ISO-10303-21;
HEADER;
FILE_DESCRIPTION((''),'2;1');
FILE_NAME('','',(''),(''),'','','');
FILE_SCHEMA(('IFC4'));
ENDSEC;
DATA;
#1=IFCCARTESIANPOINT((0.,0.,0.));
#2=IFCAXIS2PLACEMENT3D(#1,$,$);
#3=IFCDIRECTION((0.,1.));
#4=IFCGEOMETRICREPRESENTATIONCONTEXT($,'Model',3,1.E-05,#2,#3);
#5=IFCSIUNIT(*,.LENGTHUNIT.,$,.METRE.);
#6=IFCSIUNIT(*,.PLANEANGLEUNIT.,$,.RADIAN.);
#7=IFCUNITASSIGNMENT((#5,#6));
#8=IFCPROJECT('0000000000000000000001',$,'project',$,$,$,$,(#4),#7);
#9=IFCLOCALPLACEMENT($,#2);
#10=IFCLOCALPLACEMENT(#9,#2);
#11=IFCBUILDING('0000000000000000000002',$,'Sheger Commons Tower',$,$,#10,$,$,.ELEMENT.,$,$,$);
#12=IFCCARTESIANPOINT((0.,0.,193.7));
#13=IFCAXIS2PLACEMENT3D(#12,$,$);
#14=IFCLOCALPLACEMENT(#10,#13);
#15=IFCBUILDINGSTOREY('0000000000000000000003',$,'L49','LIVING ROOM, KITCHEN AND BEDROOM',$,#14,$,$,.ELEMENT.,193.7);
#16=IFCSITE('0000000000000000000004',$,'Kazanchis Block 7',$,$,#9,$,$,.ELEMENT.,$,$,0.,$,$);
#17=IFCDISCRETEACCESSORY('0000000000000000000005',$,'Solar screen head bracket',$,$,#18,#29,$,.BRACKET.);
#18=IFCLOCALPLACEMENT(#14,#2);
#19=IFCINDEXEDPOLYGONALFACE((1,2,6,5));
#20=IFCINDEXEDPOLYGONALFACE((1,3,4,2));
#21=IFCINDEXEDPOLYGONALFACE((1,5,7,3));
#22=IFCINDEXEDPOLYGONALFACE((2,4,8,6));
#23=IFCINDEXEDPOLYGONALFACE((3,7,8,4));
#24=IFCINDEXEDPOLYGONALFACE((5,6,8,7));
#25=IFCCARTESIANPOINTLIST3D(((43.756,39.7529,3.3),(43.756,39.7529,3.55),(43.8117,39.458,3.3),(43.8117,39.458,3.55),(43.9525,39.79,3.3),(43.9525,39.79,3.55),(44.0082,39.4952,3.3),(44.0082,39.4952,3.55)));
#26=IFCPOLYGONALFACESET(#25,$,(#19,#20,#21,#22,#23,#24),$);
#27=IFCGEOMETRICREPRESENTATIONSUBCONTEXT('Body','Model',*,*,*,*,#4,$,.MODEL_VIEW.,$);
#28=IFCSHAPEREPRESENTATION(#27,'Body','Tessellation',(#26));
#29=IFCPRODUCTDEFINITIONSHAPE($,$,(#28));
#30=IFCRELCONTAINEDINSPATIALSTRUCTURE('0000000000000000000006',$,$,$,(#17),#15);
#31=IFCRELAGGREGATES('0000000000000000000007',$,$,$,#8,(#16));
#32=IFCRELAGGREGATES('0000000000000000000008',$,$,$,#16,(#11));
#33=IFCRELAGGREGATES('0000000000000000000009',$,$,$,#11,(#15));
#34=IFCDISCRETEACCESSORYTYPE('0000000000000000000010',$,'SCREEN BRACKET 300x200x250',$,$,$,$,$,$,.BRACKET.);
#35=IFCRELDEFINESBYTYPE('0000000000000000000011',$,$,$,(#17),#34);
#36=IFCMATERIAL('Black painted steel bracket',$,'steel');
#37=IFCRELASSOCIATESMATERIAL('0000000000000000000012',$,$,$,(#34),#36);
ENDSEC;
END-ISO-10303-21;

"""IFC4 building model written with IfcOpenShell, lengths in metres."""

from ifc_helpers import new_model, si_unit, direction, frame, origin, origin_2d, place, context, subcontext, project, spatial, rectangle, extrude, material, type_object, element, save


model = new_model("IFC4")

# Units and contexts
model_context = context("Model", 3, precision=1e-05, world=origin(), true_north=direction((0.0, 1.0)))
body_context = subcontext(model_context, "Body", "Model", "MODEL_VIEW")
ifc_project = project(units=[si_unit("LENGTHUNIT", "METRE"), si_unit("PLANEANGLEUNIT", "RADIAN")], contexts=[model_context])

# Site, building, storey
site_placement = place(None, origin())
site = spatial("IfcSite", under=ifc_project, at=site_placement, Name="Kazanchis Block 7", CompositionType="ELEMENT", RefElevation=0.0)
building_placement = place(site_placement, origin())
building = spatial("IfcBuilding", under=site, at=building_placement, Name="Sheger Commons Tower", CompositionType="ELEMENT")
storey_placement = place(building_placement, frame((0.0, 0.0, 193.7)))
storey = spatial("IfcBuildingStorey", under=building, at=storey_placement, Name="L49", Description="LIVING ROOM, KITCHEN AND BEDROOM", CompositionType="ELEMENT", Elevation=193.7)

# Discrete accessory
ifc_material_1 = material(Name="Black painted steel bracket", Category="steel")
discrete_accessory_type = type_object("IfcDiscreteAccessoryType", Name="SCREEN BRACKET 300x200x250", PredefinedType="BRACKET", material=ifc_material_1)
for number, where, z_axis, x_axis, name in (
    (1, (43.8821, 39.624, 3.3), (0.0, 0.0, 1.0), (-0.185615, 0.982623, 0.0), "Solar screen head bracket"),
):
    element("IfcDiscreteAccessory", number, at=place(storey_placement, frame(where, z_axis=z_axis, x_axis=x_axis)), inside=storey, type_object=discrete_accessory_type, Name=name, PredefinedType="BRACKET", context=body_context, shape_type="SweptSolid", body=[
        extrude(rectangle(XDim=0.3, YDim=0.2, at=origin_2d()), origin(), (0.0, 0.0, 1.0), 0.25),
    ])

save(model, "model.ifc")
